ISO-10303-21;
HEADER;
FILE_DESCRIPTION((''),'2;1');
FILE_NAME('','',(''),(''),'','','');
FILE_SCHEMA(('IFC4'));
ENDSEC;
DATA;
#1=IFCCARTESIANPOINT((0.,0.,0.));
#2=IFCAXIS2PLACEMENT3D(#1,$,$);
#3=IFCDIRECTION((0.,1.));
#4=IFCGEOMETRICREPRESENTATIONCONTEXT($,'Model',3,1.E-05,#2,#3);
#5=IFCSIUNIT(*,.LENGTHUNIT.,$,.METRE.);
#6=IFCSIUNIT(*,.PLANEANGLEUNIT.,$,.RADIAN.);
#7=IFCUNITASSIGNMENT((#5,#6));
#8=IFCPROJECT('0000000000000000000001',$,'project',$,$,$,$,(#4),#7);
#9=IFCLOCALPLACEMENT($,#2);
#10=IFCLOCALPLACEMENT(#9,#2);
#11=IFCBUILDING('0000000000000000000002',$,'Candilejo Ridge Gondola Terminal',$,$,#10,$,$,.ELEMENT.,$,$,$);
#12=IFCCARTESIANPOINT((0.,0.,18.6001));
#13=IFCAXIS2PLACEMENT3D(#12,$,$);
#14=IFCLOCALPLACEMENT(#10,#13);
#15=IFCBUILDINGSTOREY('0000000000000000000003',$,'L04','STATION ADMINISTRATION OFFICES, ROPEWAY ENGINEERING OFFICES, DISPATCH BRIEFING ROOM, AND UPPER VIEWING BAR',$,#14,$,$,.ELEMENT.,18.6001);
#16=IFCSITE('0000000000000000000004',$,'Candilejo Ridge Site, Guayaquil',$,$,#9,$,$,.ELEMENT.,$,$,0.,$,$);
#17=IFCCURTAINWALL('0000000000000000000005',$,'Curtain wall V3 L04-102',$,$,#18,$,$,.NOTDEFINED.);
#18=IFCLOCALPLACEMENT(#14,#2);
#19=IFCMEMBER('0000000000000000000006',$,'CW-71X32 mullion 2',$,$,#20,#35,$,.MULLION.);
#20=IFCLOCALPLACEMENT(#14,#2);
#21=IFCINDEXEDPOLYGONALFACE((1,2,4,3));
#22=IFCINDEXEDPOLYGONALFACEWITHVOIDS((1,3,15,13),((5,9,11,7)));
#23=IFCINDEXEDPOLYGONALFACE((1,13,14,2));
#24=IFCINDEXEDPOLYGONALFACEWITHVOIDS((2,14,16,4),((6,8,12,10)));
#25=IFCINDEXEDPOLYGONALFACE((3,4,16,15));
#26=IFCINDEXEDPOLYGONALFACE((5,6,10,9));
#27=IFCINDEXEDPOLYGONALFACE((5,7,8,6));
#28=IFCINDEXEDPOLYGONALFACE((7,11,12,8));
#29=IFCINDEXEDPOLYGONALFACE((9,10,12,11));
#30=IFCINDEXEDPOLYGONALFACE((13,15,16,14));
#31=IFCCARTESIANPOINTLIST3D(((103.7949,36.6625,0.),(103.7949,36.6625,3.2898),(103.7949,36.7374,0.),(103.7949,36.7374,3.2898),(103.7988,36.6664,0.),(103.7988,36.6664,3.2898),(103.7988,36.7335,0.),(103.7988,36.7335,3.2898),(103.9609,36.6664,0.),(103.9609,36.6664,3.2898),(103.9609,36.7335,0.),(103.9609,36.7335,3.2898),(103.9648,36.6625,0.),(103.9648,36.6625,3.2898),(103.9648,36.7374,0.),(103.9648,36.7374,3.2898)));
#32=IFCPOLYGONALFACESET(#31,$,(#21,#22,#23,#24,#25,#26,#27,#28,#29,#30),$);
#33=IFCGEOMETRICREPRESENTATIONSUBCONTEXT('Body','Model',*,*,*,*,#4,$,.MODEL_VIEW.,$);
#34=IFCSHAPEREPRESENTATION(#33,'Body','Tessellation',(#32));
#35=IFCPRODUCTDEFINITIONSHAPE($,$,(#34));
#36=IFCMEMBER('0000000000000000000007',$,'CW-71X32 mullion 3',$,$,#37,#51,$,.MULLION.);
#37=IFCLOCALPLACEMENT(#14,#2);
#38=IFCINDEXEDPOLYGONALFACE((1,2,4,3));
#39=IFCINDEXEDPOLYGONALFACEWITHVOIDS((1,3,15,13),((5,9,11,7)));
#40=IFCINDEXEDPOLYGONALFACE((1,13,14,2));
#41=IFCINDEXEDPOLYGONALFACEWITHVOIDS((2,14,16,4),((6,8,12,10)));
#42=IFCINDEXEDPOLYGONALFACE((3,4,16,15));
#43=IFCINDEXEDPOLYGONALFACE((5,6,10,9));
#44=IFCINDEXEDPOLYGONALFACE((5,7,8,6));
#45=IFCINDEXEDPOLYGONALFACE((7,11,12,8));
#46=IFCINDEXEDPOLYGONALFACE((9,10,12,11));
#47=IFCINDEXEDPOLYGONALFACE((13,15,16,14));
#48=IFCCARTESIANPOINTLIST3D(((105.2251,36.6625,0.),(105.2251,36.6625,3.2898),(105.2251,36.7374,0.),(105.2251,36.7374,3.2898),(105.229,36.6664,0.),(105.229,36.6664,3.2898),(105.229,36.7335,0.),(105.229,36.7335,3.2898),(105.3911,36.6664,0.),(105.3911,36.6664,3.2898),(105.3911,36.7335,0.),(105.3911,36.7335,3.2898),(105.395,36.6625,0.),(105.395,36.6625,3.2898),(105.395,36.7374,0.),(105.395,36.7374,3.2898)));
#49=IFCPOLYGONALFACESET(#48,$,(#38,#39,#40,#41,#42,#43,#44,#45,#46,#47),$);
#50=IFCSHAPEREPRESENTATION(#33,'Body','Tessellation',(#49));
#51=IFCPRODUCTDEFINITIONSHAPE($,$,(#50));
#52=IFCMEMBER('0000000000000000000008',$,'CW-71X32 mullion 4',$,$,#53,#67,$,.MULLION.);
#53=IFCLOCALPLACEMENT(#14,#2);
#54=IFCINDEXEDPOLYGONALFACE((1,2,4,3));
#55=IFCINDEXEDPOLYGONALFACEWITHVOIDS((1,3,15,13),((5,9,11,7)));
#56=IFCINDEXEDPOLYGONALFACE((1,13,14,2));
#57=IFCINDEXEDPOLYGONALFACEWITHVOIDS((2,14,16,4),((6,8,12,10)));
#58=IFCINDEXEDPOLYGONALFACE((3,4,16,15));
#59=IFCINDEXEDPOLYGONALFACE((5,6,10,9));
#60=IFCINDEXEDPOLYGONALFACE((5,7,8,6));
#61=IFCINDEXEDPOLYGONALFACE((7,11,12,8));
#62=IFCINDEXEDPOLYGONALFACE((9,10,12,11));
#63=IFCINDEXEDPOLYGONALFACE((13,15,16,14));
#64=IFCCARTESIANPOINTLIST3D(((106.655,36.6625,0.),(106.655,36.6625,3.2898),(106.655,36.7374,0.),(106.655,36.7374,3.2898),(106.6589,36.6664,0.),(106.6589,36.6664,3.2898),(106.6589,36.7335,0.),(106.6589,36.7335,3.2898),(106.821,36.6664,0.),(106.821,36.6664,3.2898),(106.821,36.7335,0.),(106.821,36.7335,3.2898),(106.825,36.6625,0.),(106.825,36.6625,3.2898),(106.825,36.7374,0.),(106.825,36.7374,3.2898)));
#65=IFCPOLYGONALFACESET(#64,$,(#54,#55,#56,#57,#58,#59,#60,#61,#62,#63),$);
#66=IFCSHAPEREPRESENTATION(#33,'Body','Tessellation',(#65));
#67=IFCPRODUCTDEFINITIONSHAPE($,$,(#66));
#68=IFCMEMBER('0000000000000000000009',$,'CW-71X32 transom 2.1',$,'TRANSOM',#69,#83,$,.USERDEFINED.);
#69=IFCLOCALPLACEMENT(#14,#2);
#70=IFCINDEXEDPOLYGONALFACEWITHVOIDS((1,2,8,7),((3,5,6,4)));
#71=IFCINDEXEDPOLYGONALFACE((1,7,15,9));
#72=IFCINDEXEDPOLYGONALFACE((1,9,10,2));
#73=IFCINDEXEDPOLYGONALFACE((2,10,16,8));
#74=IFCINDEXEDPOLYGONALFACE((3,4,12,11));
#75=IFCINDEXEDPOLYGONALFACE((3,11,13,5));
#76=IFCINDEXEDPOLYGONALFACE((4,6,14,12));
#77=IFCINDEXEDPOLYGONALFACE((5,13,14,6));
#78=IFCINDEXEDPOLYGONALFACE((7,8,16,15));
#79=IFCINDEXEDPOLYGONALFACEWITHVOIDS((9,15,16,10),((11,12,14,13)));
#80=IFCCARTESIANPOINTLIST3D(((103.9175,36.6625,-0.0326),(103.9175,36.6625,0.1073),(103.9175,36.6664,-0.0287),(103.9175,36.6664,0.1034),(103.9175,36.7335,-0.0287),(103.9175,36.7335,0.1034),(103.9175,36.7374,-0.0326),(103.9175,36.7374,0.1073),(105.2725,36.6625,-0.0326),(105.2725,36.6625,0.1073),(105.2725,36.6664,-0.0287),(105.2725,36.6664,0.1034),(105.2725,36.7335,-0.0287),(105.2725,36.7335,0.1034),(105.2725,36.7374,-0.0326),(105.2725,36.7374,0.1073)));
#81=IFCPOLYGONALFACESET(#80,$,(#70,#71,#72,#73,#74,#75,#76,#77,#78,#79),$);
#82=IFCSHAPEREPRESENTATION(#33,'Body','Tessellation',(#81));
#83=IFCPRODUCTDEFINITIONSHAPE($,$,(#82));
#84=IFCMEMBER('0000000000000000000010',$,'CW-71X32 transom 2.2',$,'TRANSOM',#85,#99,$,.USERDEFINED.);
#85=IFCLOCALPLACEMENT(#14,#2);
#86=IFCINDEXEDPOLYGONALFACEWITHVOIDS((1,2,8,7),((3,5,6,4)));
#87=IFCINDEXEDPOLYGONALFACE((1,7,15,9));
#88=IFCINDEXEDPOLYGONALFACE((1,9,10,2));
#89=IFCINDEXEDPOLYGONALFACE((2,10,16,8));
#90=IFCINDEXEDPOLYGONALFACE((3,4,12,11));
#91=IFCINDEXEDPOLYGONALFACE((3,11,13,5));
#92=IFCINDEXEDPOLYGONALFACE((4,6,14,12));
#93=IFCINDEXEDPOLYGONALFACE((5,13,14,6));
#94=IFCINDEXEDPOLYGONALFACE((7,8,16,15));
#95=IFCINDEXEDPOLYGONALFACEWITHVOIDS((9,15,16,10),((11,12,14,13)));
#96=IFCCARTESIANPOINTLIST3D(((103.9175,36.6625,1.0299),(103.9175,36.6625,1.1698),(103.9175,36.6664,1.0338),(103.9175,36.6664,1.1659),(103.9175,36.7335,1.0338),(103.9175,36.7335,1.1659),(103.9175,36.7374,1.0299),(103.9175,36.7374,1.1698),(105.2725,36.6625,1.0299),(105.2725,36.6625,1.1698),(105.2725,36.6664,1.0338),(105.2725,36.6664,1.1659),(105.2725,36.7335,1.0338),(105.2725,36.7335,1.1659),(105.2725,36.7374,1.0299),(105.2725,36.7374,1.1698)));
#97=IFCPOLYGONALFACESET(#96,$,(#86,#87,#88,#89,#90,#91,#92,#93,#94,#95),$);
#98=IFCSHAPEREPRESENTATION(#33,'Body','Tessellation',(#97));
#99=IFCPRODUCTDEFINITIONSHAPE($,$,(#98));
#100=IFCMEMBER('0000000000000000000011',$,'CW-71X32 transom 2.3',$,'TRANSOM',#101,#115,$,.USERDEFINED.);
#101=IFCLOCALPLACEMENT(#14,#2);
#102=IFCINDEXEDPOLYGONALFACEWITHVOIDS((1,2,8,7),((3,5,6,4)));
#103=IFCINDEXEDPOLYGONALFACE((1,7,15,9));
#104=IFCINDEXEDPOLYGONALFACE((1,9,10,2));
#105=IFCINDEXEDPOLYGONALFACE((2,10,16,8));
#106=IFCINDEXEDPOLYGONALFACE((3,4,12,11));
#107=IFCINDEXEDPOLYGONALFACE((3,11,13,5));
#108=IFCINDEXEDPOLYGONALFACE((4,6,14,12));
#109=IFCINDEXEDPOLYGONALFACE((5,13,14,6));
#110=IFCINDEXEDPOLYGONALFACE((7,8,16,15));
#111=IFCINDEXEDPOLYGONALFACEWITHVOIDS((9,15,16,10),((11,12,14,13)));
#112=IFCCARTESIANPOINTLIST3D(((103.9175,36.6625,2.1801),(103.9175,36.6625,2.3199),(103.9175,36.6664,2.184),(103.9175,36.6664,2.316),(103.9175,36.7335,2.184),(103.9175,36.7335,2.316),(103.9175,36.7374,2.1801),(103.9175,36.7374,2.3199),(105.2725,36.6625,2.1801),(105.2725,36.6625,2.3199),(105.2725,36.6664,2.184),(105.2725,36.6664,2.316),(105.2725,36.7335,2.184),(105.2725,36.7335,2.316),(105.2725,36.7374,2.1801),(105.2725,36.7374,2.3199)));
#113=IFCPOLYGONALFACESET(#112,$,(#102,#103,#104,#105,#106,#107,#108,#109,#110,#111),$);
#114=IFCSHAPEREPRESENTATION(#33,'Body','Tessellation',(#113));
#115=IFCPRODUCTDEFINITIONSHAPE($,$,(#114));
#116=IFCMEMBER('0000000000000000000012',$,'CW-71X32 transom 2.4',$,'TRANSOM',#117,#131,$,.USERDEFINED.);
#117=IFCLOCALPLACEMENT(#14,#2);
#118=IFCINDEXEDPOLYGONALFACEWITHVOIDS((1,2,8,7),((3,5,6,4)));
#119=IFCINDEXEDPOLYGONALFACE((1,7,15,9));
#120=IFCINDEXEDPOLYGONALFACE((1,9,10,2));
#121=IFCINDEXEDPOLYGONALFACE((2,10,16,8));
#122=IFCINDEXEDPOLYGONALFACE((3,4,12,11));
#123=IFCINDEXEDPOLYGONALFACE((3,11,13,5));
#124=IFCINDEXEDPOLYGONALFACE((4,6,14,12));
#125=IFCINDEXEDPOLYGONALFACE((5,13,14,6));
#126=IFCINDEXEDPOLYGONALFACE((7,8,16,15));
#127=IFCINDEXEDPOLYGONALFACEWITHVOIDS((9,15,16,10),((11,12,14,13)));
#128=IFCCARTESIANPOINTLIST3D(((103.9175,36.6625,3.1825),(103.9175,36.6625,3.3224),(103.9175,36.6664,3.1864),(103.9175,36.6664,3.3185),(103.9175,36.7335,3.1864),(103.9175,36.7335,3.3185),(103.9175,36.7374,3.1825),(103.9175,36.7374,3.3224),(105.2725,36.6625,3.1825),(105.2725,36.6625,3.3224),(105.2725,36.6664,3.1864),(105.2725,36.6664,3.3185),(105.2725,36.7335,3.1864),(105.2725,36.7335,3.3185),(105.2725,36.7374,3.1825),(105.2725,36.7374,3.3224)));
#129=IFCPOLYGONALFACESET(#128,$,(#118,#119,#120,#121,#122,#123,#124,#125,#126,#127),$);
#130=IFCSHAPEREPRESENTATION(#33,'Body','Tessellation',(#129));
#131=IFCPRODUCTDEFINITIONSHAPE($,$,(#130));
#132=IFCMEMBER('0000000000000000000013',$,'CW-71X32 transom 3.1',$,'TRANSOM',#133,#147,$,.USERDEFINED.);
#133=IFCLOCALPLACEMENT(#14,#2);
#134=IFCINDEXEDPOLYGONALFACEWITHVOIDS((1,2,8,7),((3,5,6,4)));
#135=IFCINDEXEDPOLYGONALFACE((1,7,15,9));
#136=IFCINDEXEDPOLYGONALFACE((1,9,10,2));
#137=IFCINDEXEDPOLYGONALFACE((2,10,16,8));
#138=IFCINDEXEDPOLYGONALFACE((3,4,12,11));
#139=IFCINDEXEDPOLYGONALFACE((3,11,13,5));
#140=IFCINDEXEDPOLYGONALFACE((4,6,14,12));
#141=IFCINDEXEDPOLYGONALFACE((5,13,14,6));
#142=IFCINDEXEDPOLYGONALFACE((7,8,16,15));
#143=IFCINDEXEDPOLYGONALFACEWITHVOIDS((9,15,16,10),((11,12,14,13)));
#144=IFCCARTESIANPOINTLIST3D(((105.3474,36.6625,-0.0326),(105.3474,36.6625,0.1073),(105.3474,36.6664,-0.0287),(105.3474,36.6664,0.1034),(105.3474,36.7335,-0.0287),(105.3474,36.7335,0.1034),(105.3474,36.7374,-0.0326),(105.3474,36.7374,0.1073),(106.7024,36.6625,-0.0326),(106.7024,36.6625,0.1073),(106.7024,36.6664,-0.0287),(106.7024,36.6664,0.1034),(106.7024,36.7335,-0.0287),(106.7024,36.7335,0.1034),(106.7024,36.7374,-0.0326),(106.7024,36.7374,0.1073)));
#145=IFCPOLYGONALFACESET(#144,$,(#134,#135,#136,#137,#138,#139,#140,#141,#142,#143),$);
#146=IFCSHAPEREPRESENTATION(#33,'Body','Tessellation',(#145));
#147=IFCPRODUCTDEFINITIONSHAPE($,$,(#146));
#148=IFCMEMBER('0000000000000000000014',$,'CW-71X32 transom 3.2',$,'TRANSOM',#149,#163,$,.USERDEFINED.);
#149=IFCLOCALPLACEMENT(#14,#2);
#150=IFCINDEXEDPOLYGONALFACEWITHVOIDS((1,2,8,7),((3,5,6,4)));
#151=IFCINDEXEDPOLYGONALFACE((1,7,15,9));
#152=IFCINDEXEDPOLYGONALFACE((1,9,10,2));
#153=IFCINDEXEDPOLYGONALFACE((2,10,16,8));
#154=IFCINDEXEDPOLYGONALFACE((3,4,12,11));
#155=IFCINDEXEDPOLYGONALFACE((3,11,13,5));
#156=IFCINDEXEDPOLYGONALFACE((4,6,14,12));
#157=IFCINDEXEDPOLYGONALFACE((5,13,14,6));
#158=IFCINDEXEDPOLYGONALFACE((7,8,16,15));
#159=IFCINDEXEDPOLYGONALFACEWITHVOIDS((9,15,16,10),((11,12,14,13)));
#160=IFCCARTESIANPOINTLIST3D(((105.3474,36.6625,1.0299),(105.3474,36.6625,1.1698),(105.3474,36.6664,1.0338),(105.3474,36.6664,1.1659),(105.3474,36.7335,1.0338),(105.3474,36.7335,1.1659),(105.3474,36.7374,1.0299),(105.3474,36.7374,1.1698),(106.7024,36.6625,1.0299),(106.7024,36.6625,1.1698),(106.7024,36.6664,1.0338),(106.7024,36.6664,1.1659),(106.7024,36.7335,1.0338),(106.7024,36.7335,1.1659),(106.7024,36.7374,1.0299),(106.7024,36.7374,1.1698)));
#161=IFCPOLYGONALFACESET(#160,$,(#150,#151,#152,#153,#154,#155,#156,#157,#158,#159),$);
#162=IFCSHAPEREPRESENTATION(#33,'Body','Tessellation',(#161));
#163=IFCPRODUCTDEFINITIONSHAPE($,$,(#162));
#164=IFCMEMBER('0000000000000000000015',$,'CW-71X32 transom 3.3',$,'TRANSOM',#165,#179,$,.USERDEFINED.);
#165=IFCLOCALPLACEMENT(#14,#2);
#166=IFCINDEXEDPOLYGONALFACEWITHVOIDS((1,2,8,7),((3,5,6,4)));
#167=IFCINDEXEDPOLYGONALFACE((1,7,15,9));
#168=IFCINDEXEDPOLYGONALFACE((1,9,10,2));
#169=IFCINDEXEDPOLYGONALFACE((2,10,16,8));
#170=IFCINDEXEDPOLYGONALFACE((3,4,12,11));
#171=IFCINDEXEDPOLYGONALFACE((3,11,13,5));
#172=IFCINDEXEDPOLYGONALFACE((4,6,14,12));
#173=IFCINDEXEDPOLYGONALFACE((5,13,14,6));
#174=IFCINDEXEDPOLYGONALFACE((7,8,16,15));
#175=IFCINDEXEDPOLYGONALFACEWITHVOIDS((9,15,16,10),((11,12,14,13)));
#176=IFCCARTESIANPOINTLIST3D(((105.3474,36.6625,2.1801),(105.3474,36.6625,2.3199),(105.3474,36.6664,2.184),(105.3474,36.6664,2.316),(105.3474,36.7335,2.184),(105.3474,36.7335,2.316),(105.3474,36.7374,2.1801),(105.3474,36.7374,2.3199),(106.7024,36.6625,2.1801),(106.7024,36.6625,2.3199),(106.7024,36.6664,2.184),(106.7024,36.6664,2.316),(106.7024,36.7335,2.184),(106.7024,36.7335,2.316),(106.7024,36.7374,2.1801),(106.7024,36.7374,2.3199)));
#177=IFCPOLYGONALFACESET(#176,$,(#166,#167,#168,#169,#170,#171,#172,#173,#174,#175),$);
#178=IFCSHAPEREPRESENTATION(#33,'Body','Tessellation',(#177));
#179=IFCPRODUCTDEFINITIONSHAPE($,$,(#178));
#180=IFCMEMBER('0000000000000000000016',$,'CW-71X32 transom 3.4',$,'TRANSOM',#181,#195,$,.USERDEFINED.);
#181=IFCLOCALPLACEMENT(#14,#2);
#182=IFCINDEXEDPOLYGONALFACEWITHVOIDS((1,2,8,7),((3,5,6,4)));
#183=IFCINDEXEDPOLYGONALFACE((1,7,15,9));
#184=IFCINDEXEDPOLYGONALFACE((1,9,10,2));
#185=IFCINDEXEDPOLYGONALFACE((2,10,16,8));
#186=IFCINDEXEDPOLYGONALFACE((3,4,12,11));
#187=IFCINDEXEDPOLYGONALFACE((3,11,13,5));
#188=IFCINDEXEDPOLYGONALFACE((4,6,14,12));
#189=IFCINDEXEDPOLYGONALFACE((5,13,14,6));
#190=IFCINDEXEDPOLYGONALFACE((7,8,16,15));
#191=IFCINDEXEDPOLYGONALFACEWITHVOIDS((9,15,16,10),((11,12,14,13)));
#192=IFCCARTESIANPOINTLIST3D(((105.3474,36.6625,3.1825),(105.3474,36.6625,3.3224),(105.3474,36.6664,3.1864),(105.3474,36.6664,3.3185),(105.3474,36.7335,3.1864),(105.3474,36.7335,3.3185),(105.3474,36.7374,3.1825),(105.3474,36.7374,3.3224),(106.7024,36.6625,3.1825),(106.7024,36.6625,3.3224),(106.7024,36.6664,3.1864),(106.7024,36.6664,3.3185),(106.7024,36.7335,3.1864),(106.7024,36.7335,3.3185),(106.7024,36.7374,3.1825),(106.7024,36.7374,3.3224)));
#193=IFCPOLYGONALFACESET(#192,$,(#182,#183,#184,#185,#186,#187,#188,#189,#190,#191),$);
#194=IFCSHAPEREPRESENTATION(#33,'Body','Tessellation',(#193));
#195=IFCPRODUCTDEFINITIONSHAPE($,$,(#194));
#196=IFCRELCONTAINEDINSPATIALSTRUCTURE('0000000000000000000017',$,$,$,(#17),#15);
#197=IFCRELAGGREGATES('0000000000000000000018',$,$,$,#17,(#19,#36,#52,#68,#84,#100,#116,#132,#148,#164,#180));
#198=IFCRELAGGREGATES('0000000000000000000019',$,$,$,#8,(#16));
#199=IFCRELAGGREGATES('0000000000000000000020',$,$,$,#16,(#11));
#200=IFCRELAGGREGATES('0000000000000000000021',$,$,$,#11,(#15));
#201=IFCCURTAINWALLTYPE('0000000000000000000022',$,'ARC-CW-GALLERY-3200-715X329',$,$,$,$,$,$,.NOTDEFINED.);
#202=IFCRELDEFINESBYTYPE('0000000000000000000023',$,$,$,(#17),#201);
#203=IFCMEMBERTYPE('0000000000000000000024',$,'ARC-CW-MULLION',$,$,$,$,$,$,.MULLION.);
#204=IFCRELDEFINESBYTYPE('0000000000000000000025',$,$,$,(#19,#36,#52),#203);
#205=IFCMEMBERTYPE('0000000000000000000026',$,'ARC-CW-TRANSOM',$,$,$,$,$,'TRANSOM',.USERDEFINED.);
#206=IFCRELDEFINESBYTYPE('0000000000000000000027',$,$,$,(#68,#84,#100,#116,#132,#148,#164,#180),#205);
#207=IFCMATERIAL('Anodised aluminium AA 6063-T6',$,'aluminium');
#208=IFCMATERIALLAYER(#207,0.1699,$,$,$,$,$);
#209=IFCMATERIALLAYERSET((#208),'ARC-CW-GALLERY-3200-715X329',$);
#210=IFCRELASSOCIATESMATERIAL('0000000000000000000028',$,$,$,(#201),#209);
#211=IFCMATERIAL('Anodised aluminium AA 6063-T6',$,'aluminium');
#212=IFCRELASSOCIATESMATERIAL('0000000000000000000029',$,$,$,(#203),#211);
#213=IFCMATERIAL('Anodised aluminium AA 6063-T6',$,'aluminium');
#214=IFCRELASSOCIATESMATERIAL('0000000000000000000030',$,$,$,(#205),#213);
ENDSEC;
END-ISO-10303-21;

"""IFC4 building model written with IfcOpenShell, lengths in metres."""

from ifc_helpers import new_model, si_unit, direction, frame, origin, origin_2d, place, context, subcontext, project, spatial, hollow_rectangle, extrude, material, layer, layer_set, material_profile, profile_set, type_object, element, aggregate, save


model = new_model("IFC4")

# Units and contexts
model_context = context("Model", 3, precision=1e-05, world=origin(), true_north=direction((0.0, 1.0)))
body_context = subcontext(model_context, "Body", "Model", "MODEL_VIEW")
ifc_project = project(units=[si_unit("LENGTHUNIT", "METRE"), si_unit("PLANEANGLEUNIT", "RADIAN")], contexts=[model_context])

# Site, building, storey
site_placement = place(None, origin())
site = spatial("IfcSite", under=ifc_project, at=site_placement, Name="Candilejo Ridge Site, Guayaquil", CompositionType="ELEMENT", RefElevation=0.0)
building_placement = place(site_placement, origin())
building = spatial("IfcBuilding", under=site, at=building_placement, Name="Candilejo Ridge Gondola Terminal", CompositionType="ELEMENT")
storey_placement = place(building_placement, frame((0.0, 0.0, 18.6001)))
storey = spatial("IfcBuildingStorey", under=building, at=storey_placement, Name="L04", Description="STATION ADMINISTRATION OFFICES, ROPEWAY ENGINEERING OFFICES, DISPATCH BRIEFING ROOM, AND UPPER VIEWING BAR", CompositionType="ELEMENT", Elevation=18.6001)

# Curtain wall, members
ifc_material_1 = material(Name="Anodised aluminium AA 6063-T6", Category="aluminium")
ifc_layer_1 = layer(ifc_material_1, 0.1699)
ifc_layer_set_1 = layer_set([ifc_layer_1], Name="ARC-CW-GALLERY-3200-715X329")
curtain_wall_type = type_object("IfcCurtainWallType", Name="ARC-CW-GALLERY-3200-715X329", PredefinedType="NOTDEFINED", material=ifc_layer_set_1)
curtain_wall_placement = place(storey_placement, origin())
curtain_wall = element("IfcCurtainWall", 1, at=curtain_wall_placement, inside=storey, type_object=curtain_wall_type, Name="Curtain wall V3 L04-102", PredefinedType="NOTDEFINED")
ifc_material_2 = material(Name="Anodised aluminium AA 6063-T6", Category="aluminium")
ifc_material_profile_1 = material_profile(ifc_material_2, hollow_rectangle(XDim=0.075, YDim=0.1699, WallThickness=0.0039, at=origin_2d()))
ifc_profile_set_1 = profile_set([ifc_material_profile_1], Name="Anodised aluminium AA 6063-T6")
member_type_1 = type_object("IfcMemberType", Name="ARC-CW-MULLION", PredefinedType="MULLION", material=ifc_profile_set_1)
member_1_placement = place(storey_placement, frame((103.8799, 36.7, 0.0), z_axis=(0.0, 0.0, 1.0), x_axis=(0.0, 1.0, 0.0)))
member_1 = element("IfcMember", 2, at=member_1_placement, type_object=member_type_1, Name="CW-71X32 mullion 2", PredefinedType="MULLION", context=body_context, shape_type="SweptSolid", body=[
    extrude(hollow_rectangle(XDim=0.075, YDim=0.1699, WallThickness=0.0039, at=origin_2d()), origin(), (0.0, 0.0, 1.0), 3.2898),
])
member_2_placement = place(storey_placement, frame((105.3101, 36.7, 0.0), z_axis=(0.0, 0.0, 1.0), x_axis=(0.0, 1.0, 0.0)))
member_2 = element("IfcMember", 3, at=member_2_placement, type_object=member_type_1, Name="CW-71X32 mullion 3", PredefinedType="MULLION", context=body_context, shape_type="SweptSolid", body=[
    extrude(hollow_rectangle(XDim=0.075, YDim=0.1699, WallThickness=0.0039, at=origin_2d()), origin(), (0.0, 0.0, 1.0), 3.2898),
])
member_3_placement = place(storey_placement, frame((106.74, 36.7, 0.0), z_axis=(0.0, 0.0, 1.0), x_axis=(0.0, 1.0, 0.0)))
member_3 = element("IfcMember", 4, at=member_3_placement, type_object=member_type_1, Name="CW-71X32 mullion 4", PredefinedType="MULLION", context=body_context, shape_type="SweptSolid", body=[
    extrude(hollow_rectangle(XDim=0.075, YDim=0.1699, WallThickness=0.0039, at=origin_2d()), origin(), (0.0, 0.0, 1.0), 3.2898),
])
ifc_material_3 = material(Name="Anodised aluminium AA 6063-T6", Category="aluminium")
ifc_material_profile_2 = material_profile(ifc_material_3, hollow_rectangle(XDim=0.075, YDim=0.1399, WallThickness=0.0039, at=origin_2d()))
ifc_profile_set_2 = profile_set([ifc_material_profile_2], Name="Anodised aluminium AA 6063-T6")
member_type_2 = type_object("IfcMemberType", Name="ARC-CW-TRANSOM", ElementType="TRANSOM", PredefinedType="USERDEFINED", material=ifc_profile_set_2)
member_4_placement = place(storey_placement, frame((103.9175, 36.7, 0.0374), z_axis=(1.0, 0.0, 0.0), x_axis=(0.0, 1.0, 0.0)))
member_4 = element("IfcMember", 5, at=member_4_placement, type_object=member_type_2, Name="CW-71X32 transom 2.1", ObjectType="TRANSOM", PredefinedType="USERDEFINED", context=body_context, shape_type="SweptSolid", body=[
    extrude(hollow_rectangle(XDim=0.075, YDim=0.1399, WallThickness=0.0039, at=origin_2d()), origin(), (0.0, 0.0, 1.0), 1.355),
])
member_5_placement = place(storey_placement, frame((103.9175, 36.7, 1.0999), z_axis=(1.0, 0.0, 0.0), x_axis=(0.0, 1.0, 0.0)))
member_5 = element("IfcMember", 6, at=member_5_placement, type_object=member_type_2, Name="CW-71X32 transom 2.2", ObjectType="TRANSOM", PredefinedType="USERDEFINED", context=body_context, shape_type="SweptSolid", body=[
    extrude(hollow_rectangle(XDim=0.075, YDim=0.1399, WallThickness=0.0039, at=origin_2d()), origin(), (0.0, 0.0, 1.0), 1.355),
])
member_6_placement = place(storey_placement, frame((103.9175, 36.7, 2.25), z_axis=(1.0, 0.0, 0.0), x_axis=(0.0, 1.0, 0.0)))
member_6 = element("IfcMember", 7, at=member_6_placement, type_object=member_type_2, Name="CW-71X32 transom 2.3", ObjectType="TRANSOM", PredefinedType="USERDEFINED", context=body_context, shape_type="SweptSolid", body=[
    extrude(hollow_rectangle(XDim=0.075, YDim=0.1399, WallThickness=0.0039, at=origin_2d()), origin(), (0.0, 0.0, 1.0), 1.355),
])
member_7_placement = place(storey_placement, frame((103.9175, 36.7, 3.2524), z_axis=(1.0, 0.0, 0.0), x_axis=(0.0, 1.0, 0.0)))
member_7 = element("IfcMember", 8, at=member_7_placement, type_object=member_type_2, Name="CW-71X32 transom 2.4", ObjectType="TRANSOM", PredefinedType="USERDEFINED", context=body_context, shape_type="SweptSolid", body=[
    extrude(hollow_rectangle(XDim=0.075, YDim=0.1399, WallThickness=0.0039, at=origin_2d()), origin(), (0.0, 0.0, 1.0), 1.355),
])
member_8_placement = place(storey_placement, frame((105.3474, 36.7, 0.0374), z_axis=(1.0, 0.0, 0.0), x_axis=(0.0, 1.0, 0.0)))
member_8 = element("IfcMember", 9, at=member_8_placement, type_object=member_type_2, Name="CW-71X32 transom 3.1", ObjectType="TRANSOM", PredefinedType="USERDEFINED", context=body_context, shape_type="SweptSolid", body=[
    extrude(hollow_rectangle(XDim=0.075, YDim=0.1399, WallThickness=0.0039, at=origin_2d()), origin(), (0.0, 0.0, 1.0), 1.355),
])
member_9_placement = place(storey_placement, frame((105.3474, 36.7, 1.0999), z_axis=(1.0, 0.0, 0.0), x_axis=(0.0, 1.0, 0.0)))
member_9 = element("IfcMember", 10, at=member_9_placement, type_object=member_type_2, Name="CW-71X32 transom 3.2", ObjectType="TRANSOM", PredefinedType="USERDEFINED", context=body_context, shape_type="SweptSolid", body=[
    extrude(hollow_rectangle(XDim=0.075, YDim=0.1399, WallThickness=0.0039, at=origin_2d()), origin(), (0.0, 0.0, 1.0), 1.355),
])
member_10_placement = place(storey_placement, frame((105.3474, 36.7, 2.25), z_axis=(1.0, 0.0, 0.0), x_axis=(0.0, 1.0, 0.0)))
member_10 = element("IfcMember", 11, at=member_10_placement, type_object=member_type_2, Name="CW-71X32 transom 3.3", ObjectType="TRANSOM", PredefinedType="USERDEFINED", context=body_context, shape_type="SweptSolid", body=[
    extrude(hollow_rectangle(XDim=0.075, YDim=0.1399, WallThickness=0.0039, at=origin_2d()), origin(), (0.0, 0.0, 1.0), 1.355),
])
member_11_placement = place(storey_placement, frame((105.3474, 36.7, 3.2524), z_axis=(1.0, 0.0, 0.0), x_axis=(0.0, 1.0, 0.0)))
member_11 = element("IfcMember", 12, at=member_11_placement, type_object=member_type_2, Name="CW-71X32 transom 3.4", ObjectType="TRANSOM", PredefinedType="USERDEFINED", context=body_context, shape_type="SweptSolid", body=[
    extrude(hollow_rectangle(XDim=0.075, YDim=0.1399, WallThickness=0.0039, at=origin_2d()), origin(), (0.0, 0.0, 1.0), 1.355),
])
aggregate(curtain_wall, [member_1, member_2, member_3, member_4, member_5, member_6, member_7, member_8, member_9, member_10, member_11])

save(model, "model.ifc")
